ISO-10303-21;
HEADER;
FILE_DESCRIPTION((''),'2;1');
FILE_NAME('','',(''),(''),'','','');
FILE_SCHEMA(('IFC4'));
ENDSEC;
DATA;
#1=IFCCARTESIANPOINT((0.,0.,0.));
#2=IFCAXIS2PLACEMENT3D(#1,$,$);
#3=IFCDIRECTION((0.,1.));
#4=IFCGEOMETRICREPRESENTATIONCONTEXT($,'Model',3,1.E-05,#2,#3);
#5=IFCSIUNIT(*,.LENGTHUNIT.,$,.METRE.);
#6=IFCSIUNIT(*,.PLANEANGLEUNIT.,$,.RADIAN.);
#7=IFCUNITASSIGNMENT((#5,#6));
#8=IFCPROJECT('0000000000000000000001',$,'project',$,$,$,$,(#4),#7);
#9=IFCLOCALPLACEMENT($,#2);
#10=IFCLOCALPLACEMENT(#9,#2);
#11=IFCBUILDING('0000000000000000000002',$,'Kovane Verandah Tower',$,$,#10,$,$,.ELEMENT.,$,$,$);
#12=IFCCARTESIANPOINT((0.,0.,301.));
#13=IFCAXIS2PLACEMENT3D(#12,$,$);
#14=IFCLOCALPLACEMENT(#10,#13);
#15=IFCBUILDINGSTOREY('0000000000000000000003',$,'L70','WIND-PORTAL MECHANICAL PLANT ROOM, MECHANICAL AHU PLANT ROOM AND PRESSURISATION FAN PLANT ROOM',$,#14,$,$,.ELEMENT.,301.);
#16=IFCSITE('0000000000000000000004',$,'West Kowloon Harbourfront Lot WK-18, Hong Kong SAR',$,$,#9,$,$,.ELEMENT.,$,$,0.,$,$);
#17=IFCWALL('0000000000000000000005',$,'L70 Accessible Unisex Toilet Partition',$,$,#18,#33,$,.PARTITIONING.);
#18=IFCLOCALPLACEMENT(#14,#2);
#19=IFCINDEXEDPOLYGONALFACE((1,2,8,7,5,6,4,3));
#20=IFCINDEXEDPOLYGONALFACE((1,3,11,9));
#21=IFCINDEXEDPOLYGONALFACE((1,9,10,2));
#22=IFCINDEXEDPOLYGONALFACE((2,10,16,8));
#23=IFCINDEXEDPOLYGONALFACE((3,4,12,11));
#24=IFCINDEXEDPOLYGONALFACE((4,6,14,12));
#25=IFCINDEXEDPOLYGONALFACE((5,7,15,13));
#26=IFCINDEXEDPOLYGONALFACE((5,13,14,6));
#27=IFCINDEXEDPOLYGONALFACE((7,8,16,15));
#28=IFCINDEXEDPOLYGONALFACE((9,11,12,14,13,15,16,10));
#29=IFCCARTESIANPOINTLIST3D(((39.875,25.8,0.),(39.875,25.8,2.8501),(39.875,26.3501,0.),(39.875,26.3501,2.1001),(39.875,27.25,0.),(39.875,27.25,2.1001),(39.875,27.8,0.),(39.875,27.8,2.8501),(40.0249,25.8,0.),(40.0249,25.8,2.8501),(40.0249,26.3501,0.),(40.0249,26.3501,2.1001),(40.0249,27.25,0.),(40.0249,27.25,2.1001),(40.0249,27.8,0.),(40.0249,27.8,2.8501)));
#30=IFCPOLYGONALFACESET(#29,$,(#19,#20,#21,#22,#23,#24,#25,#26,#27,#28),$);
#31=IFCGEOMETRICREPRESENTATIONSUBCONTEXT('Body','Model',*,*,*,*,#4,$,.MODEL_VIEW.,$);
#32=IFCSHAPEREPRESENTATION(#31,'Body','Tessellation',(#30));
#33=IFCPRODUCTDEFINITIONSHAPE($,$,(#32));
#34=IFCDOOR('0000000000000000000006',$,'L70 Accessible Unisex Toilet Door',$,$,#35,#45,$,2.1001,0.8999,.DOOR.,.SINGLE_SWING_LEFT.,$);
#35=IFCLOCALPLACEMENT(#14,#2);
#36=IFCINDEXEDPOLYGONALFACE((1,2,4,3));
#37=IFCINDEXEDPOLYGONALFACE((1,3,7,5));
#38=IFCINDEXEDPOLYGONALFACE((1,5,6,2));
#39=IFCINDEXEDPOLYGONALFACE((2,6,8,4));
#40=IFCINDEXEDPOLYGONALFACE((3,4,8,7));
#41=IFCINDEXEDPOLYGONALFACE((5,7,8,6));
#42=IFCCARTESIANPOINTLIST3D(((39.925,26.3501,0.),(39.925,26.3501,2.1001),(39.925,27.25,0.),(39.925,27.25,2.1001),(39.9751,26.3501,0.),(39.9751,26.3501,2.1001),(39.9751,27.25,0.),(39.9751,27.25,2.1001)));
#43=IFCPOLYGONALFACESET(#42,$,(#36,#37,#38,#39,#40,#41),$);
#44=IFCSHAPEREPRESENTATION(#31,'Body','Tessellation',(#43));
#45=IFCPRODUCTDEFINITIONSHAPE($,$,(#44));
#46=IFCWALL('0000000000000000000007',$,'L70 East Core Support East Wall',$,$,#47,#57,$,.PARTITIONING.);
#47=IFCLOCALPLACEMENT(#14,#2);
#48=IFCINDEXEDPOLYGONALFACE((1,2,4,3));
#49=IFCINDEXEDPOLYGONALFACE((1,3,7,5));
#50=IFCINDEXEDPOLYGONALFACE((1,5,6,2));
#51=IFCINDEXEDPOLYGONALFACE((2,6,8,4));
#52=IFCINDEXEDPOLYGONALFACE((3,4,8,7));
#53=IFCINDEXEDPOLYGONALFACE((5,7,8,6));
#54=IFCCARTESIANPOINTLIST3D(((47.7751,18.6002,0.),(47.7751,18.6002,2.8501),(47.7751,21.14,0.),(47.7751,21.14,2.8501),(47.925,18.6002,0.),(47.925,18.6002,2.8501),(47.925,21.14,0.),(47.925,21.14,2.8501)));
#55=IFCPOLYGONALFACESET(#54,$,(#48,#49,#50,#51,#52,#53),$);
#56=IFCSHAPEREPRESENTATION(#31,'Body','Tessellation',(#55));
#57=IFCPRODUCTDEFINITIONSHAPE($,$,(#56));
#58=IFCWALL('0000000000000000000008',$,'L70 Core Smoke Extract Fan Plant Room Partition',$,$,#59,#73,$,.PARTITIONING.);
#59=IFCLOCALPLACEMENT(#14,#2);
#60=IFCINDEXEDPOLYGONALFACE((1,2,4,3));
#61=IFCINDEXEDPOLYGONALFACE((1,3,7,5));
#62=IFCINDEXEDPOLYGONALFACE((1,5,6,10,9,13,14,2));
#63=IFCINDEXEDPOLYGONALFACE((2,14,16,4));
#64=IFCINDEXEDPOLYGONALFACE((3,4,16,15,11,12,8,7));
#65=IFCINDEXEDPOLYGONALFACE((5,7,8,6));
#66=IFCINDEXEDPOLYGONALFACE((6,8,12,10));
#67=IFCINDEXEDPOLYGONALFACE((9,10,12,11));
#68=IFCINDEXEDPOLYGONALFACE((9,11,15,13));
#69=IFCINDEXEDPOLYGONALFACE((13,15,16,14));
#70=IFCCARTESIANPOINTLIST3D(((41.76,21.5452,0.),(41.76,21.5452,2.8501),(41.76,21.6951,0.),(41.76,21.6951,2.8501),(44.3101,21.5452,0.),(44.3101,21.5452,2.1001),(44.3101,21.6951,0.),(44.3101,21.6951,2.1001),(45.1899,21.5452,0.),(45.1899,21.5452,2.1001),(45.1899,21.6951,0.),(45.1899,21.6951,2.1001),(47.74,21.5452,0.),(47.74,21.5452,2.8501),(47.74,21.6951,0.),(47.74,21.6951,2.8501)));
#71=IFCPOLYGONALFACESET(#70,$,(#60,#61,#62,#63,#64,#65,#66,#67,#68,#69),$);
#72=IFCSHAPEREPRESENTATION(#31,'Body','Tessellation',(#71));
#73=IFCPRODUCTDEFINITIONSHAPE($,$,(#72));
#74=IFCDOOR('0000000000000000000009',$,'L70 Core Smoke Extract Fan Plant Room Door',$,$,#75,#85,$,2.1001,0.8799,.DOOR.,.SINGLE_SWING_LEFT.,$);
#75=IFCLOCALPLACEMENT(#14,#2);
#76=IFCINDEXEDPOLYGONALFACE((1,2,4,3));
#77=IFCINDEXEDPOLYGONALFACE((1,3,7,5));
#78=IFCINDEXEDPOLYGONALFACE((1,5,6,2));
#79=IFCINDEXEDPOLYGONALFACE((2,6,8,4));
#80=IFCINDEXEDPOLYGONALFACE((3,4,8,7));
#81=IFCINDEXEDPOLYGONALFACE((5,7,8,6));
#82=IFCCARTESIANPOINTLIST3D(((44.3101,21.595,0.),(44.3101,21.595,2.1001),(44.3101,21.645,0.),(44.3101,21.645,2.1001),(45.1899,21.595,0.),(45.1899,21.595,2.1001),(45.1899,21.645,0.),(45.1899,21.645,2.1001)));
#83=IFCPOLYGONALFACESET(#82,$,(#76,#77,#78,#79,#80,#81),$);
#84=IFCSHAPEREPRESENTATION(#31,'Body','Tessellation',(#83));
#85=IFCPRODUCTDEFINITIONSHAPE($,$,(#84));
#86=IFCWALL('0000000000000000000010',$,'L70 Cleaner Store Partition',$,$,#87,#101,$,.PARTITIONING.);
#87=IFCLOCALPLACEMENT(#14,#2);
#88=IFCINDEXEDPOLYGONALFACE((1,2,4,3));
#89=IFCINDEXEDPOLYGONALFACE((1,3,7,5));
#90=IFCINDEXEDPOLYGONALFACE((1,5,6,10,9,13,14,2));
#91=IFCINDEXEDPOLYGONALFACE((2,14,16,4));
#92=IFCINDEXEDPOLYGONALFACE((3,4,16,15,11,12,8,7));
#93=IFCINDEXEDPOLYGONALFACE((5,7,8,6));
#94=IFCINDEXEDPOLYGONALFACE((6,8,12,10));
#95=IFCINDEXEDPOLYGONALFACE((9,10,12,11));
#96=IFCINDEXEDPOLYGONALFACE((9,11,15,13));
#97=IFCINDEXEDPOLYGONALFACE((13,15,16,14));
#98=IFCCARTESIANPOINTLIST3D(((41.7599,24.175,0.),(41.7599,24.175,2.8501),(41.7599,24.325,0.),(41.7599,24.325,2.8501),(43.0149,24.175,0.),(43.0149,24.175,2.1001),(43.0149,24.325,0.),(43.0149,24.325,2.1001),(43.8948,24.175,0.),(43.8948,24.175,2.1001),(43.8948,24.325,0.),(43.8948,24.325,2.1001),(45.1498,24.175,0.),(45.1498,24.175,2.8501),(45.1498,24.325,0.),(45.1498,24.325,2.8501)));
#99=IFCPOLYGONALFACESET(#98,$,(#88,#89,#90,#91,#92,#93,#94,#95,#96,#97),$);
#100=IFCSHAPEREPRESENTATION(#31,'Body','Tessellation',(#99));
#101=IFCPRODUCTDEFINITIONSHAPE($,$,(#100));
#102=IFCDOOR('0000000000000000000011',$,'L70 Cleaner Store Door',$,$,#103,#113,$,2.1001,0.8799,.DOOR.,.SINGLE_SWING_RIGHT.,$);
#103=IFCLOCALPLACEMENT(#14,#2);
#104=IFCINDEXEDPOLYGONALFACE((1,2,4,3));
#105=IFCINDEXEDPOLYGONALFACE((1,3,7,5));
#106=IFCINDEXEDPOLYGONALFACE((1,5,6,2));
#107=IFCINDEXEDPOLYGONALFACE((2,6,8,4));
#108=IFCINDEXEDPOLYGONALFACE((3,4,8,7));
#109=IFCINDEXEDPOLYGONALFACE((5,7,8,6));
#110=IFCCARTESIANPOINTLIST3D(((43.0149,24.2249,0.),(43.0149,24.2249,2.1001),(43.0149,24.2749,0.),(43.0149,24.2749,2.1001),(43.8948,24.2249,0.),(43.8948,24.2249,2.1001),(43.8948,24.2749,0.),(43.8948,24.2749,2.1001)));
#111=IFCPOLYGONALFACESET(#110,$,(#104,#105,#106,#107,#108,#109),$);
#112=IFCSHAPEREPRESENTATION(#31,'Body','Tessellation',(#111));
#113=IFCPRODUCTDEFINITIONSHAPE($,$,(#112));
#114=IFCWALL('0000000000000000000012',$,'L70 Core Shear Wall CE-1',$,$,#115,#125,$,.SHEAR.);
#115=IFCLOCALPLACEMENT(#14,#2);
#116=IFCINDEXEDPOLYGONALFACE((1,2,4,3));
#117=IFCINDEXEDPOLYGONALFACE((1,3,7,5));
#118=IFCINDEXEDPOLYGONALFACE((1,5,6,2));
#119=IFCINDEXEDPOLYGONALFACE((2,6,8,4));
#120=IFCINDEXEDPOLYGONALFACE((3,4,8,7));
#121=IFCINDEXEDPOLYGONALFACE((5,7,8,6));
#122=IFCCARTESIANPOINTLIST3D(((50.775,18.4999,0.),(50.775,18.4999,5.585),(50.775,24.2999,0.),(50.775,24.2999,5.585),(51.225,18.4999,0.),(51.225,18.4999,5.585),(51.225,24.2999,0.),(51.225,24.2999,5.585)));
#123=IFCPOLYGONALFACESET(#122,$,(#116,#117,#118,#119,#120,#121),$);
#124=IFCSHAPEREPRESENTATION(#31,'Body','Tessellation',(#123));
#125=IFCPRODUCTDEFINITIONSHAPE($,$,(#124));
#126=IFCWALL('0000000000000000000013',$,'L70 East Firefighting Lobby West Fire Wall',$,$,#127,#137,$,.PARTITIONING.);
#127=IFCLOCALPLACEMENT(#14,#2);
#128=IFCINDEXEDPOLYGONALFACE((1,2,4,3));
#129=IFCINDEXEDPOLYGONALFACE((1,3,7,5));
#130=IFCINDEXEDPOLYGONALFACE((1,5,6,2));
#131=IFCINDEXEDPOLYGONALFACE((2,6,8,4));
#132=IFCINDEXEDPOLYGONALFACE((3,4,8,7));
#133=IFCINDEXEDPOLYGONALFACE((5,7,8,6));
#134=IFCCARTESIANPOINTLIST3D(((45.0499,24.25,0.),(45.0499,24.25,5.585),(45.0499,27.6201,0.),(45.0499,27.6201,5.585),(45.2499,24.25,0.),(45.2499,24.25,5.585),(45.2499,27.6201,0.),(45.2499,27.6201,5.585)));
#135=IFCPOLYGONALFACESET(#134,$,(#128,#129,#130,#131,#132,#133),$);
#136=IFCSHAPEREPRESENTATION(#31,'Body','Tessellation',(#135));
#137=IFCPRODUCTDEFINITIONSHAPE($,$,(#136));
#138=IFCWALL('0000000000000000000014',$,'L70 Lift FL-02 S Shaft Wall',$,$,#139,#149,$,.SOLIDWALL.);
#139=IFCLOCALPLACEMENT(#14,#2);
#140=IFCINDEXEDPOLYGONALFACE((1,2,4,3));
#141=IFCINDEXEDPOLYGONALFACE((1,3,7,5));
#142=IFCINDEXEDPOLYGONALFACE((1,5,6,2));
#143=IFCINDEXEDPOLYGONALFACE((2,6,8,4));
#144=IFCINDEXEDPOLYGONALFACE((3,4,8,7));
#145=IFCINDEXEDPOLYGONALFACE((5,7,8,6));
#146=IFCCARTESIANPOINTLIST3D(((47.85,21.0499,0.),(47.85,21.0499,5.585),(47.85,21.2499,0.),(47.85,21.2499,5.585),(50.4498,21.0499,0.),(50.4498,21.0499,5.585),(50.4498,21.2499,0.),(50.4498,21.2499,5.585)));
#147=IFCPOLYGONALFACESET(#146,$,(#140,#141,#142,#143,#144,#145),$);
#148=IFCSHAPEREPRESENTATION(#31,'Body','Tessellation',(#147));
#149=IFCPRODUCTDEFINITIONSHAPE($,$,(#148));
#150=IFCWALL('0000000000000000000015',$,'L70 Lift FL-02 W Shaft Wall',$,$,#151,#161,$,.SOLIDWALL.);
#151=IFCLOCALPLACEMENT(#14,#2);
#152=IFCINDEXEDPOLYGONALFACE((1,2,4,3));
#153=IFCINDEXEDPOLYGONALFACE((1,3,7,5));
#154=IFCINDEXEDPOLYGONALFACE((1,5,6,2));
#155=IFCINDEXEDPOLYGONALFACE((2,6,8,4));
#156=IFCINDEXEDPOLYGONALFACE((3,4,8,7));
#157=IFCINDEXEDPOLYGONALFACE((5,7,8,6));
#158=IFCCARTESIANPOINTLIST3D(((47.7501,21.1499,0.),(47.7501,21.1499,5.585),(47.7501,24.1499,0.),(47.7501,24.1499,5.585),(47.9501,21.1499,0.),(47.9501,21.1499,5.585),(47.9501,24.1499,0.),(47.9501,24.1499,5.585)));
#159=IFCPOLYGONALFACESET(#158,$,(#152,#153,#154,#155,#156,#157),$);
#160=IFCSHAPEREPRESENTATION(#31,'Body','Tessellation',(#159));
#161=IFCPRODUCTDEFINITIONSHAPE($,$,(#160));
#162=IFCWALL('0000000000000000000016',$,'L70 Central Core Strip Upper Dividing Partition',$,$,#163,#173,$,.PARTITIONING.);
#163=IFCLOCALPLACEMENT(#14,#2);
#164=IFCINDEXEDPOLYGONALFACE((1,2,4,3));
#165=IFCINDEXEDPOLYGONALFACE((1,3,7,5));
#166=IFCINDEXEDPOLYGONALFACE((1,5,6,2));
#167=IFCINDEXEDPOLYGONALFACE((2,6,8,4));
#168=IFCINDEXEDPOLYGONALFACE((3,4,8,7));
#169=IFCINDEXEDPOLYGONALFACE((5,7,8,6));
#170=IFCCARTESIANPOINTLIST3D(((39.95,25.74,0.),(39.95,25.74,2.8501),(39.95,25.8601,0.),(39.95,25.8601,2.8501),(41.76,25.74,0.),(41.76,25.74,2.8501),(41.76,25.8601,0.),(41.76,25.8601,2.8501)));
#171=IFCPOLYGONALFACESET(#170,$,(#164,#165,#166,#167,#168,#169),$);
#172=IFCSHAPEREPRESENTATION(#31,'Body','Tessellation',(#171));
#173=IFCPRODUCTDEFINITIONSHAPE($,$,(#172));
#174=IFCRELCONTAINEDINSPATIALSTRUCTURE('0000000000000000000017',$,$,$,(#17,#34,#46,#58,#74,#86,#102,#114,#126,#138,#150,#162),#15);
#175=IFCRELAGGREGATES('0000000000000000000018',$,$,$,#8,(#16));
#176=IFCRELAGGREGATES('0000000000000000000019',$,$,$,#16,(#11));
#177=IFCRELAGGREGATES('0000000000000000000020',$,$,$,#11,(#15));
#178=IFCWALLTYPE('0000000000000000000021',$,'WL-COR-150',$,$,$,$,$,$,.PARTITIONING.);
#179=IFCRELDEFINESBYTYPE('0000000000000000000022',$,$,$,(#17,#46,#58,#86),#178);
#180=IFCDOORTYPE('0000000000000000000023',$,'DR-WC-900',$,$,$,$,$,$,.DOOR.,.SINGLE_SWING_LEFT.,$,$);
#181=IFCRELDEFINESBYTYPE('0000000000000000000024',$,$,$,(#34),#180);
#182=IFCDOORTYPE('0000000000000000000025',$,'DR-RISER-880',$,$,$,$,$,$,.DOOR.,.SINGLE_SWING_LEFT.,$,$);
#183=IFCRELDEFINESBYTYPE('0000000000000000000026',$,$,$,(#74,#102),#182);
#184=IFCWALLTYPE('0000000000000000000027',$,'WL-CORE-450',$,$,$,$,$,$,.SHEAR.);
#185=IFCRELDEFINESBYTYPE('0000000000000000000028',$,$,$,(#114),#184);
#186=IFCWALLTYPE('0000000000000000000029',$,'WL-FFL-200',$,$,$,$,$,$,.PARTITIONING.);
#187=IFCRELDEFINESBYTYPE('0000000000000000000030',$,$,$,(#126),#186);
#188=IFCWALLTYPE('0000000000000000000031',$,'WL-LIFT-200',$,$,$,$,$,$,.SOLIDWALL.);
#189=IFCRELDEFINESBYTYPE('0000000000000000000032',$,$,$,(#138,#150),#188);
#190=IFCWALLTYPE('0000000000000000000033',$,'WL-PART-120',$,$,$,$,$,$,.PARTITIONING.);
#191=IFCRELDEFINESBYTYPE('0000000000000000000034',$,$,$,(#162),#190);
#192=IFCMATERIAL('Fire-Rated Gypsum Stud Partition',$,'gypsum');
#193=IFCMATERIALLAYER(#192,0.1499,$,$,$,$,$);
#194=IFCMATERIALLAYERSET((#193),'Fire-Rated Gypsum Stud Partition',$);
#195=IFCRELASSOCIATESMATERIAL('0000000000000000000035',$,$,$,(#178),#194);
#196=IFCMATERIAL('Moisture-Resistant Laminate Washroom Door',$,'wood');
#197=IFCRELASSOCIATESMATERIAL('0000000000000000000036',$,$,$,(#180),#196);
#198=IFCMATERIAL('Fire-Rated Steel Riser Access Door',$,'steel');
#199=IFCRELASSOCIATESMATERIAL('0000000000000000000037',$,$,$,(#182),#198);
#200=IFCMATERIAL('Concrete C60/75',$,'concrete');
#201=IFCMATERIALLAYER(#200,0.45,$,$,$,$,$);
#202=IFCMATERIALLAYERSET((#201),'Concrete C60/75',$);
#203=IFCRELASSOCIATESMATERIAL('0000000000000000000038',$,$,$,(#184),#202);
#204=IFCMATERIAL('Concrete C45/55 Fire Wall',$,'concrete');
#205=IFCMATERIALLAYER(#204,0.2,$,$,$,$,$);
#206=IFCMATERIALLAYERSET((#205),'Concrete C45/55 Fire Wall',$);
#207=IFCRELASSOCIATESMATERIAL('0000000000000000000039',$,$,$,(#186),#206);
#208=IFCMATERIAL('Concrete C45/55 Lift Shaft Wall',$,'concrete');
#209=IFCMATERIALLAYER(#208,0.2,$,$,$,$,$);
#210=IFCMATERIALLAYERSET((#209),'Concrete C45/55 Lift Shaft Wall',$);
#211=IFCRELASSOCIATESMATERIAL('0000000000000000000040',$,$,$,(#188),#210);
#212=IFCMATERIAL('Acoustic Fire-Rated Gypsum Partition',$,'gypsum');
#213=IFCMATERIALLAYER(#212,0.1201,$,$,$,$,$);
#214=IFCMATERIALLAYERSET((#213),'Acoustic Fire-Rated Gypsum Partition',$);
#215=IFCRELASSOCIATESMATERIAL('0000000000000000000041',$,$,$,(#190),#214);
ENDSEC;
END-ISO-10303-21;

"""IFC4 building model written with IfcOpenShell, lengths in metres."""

from ifc_helpers import new_model, si_unit, direction, frame, frame_2d, origin, place, context, subcontext, project, spatial, rectangle, extrude, material, layer, layer_set, type_object, element, fill, save


model = new_model("IFC4")

# Units and contexts
model_context = context("Model", 3, precision=1e-05, world=origin(), true_north=direction((0.0, 1.0)))
body_context = subcontext(model_context, "Body", "Model", "MODEL_VIEW")
ifc_project = project(units=[si_unit("LENGTHUNIT", "METRE"), si_unit("PLANEANGLEUNIT", "RADIAN")], contexts=[model_context])

# Site, building, storey
site_placement = place(None, origin())
site = spatial("IfcSite", under=ifc_project, at=site_placement, Name="West Kowloon Harbourfront Lot WK-18, Hong Kong SAR", CompositionType="ELEMENT", RefElevation=0.0)
building_placement = place(site_placement, origin())
building = spatial("IfcBuilding", under=site, at=building_placement, Name="Kovane Verandah Tower", CompositionType="ELEMENT")
storey_placement = place(building_placement, frame((0.0, 0.0, 301.0)))
storey = spatial("IfcBuildingStorey", under=building, at=storey_placement, Name="L70", Description="WIND-PORTAL MECHANICAL PLANT ROOM, MECHANICAL AHU PLANT ROOM AND PRESSURISATION FAN PLANT ROOM", CompositionType="ELEMENT", Elevation=301.0)

# Shared definitions
ifc_material_1 = material(Name="Concrete C60/75", Category="concrete")

# Shared definitions
ifc_material_2 = material(Name="Fire-Rated Gypsum Stud Partition", Category="gypsum")
ifc_layer_1 = layer(ifc_material_2, 0.1499)
ifc_layer_set_1 = layer_set([ifc_layer_1], Name="Fire-Rated Gypsum Stud Partition")
wall_type_1 = type_object("IfcWallType", Name="WL-COR-150", PredefinedType="PARTITIONING", material=ifc_layer_set_1)

# Wall, opening, door
ifc_material_3 = material(Name="Moisture-Resistant Laminate Washroom Door", Category="wood")
door_type_1 = type_object("IfcDoorType", Name="DR-WC-900", OperationType="SINGLE_SWING_LEFT", PredefinedType="DOOR", material=ifc_material_3)
wall_1_placement = place(storey_placement, frame((39.95, 25.8, 0.0), z_axis=(0.0, 0.0, 1.0), x_axis=(0.0, 1.0, 0.0)))
wall_1 = element("IfcWall", 1, at=wall_1_placement, inside=storey, type_object=wall_type_1, Name="L70 Accessible Unisex Toilet Partition", PredefinedType="PARTITIONING", context=body_context, shape_type="SweptSolid", body=[
    extrude(rectangle(XDim=2.0, YDim=0.1499, at=frame_2d((1.0, 0.0))), origin(), (0.0, 0.0, 1.0), 2.8501),
])
opening_1_placement = place(wall_1_placement, frame((0.55, 0.0, 0.0)))
opening_1 = element("IfcOpeningElement", 2, at=opening_1_placement, cuts=wall_1, PredefinedType="OPENING", context=body_context, shape_type="SweptSolid", body=[
    extrude(rectangle(XDim=0.8999, YDim=2.1001, at=frame_2d((0.45, 1.05))), frame((0.0, 0.075, 0.0), z_axis=(0.0, -1.0, 0.0), x_axis=(1.0, 0.0, 0.0)), (0.0, 0.0, 1.0), 0.1499),
])
door_1_placement = place(opening_1_placement, origin())
door_1 = element("IfcDoor", 3, at=door_1_placement, inside=storey, type_object=door_type_1, Name="L70 Accessible Unisex Toilet Door", OperationType="SINGLE_SWING_LEFT", OverallHeight=2.1001, OverallWidth=0.8999, PredefinedType="DOOR", context=body_context, shape_type="SweptSolid", body=[
    extrude(rectangle(XDim=0.8999, YDim=2.1001, at=frame_2d((0.45, 1.05))), frame((0.0, 0.0249, 0.0), z_axis=(0.0, -1.0, 0.0), x_axis=(1.0, 0.0, 0.0)), (0.0, 0.0, 1.0), 0.05),
])
fill(opening_1, door_1)

# Wall
wall_2_placement = place(storey_placement, frame((47.8501, 18.6001, 0.0), z_axis=(0.0, 0.0, 1.0), x_axis=(0.0, 1.0, 0.0)))
element("IfcWall", 4, at=wall_2_placement, inside=storey, type_object=wall_type_1, Name="L70 East Core Support East Wall", PredefinedType="PARTITIONING", context=body_context, shape_type="SweptSolid", body=[
    extrude(rectangle(XDim=2.5398, YDim=0.1499, at=frame_2d((1.27, 0.0))), origin(), (0.0, 0.0, 1.0), 2.8501),
])

# Walls, openings, doors
wall_3_placement = place(storey_placement, frame((41.76, 21.6201, 0.0), z_axis=(0.0, 0.0, 1.0), x_axis=(1.0, 0.0, 0.0)))
wall_3 = element("IfcWall", 5, at=wall_3_placement, inside=storey, type_object=wall_type_1, Name="L70 Core Smoke Extract Fan Plant Room Partition", PredefinedType="PARTITIONING", context=body_context, shape_type="SweptSolid", body=[
    extrude(rectangle(XDim=5.98, YDim=0.1499, at=frame_2d((2.99, 0.0))), origin(), (0.0, 0.0, 1.0), 2.8501),
])
opening_2_placement = place(wall_3_placement, frame((2.55, 0.0, 0.0)))
opening_2 = element("IfcOpeningElement", 6, at=opening_2_placement, cuts=wall_3, PredefinedType="OPENING", context=body_context, shape_type="SweptSolid", body=[
    extrude(rectangle(XDim=0.8799, YDim=2.1001, at=frame_2d((0.4399, 1.05))), frame((0.0, 0.075, 0.0), z_axis=(0.0, -1.0, 0.0), x_axis=(1.0, 0.0, 0.0)), (0.0, 0.0, 1.0), 0.1499),
])
ifc_material_4 = material(Name="Fire-Rated Steel Riser Access Door", Category="steel")
door_type_2 = type_object("IfcDoorType", Name="DR-RISER-880", OperationType="SINGLE_SWING_LEFT", PredefinedType="DOOR", material=ifc_material_4)
door_2_placement = place(opening_2_placement, origin())
door_2 = element("IfcDoor", 7, at=door_2_placement, inside=storey, type_object=door_type_2, Name="L70 Core Smoke Extract Fan Plant Room Door", OperationType="SINGLE_SWING_LEFT", OverallHeight=2.1001, OverallWidth=0.8799, PredefinedType="DOOR", context=body_context, shape_type="SweptSolid", body=[
    extrude(rectangle(XDim=0.8799, YDim=2.1001, at=frame_2d((0.4399, 1.05))), frame((0.0, 0.0249, 0.0), z_axis=(0.0, -1.0, 0.0), x_axis=(1.0, 0.0, 0.0)), (0.0, 0.0, 1.0), 0.05),
])
fill(opening_2, door_2)
wall_4_placement = place(storey_placement, frame((41.76, 24.25, 0.0), z_axis=(0.0, 0.0, 1.0), x_axis=(1.0, 0.0, 0.0)))
wall_4 = element("IfcWall", 8, at=wall_4_placement, inside=storey, type_object=wall_type_1, Name="L70 Cleaner Store Partition", PredefinedType="PARTITIONING", context=body_context, shape_type="SweptSolid", body=[
    extrude(rectangle(XDim=3.3899, YDim=0.1499, at=frame_2d((1.6948, 0.0))), origin(), (0.0, 0.0, 1.0), 2.8501),
])
opening_3_placement = place(wall_4_placement, frame((1.2549, 0.0, 0.0)))
opening_3 = element("IfcOpeningElement", 9, at=opening_3_placement, cuts=wall_4, PredefinedType="OPENING", context=body_context, shape_type="SweptSolid", body=[
    extrude(rectangle(XDim=0.8799, YDim=2.1001, at=frame_2d((0.4399, 1.05))), frame((0.0, 0.075, 0.0), z_axis=(0.0, -1.0, 0.0), x_axis=(1.0, 0.0, 0.0)), (0.0, 0.0, 1.0), 0.1499),
])
door_3_placement = place(opening_3_placement, origin())
door_3 = element("IfcDoor", 10, at=door_3_placement, inside=storey, type_object=door_type_2, Name="L70 Cleaner Store Door", OperationType="SINGLE_SWING_RIGHT", OverallHeight=2.1001, OverallWidth=0.8799, PredefinedType="DOOR", context=body_context, shape_type="SweptSolid", body=[
    extrude(rectangle(XDim=0.8799, YDim=2.1001, at=frame_2d((0.4399, 1.05))), frame((0.0, 0.0249, 0.0), z_axis=(0.0, -1.0, 0.0), x_axis=(1.0, 0.0, 0.0)), (0.0, 0.0, 1.0), 0.05),
])
fill(opening_3, door_3)

# Walls
ifc_layer_2 = layer(ifc_material_1, 0.45)
ifc_layer_set_2 = layer_set([ifc_layer_2], Name="Concrete C60/75")
wall_type_2 = type_object("IfcWallType", Name="WL-CORE-450", PredefinedType="SHEAR", material=ifc_layer_set_2)
wall_5_placement = place(storey_placement, frame((51.0, 18.5, 0.0), z_axis=(0.0, 0.0, 1.0), x_axis=(0.0, 1.0, 0.0)))
element("IfcWall", 11, at=wall_5_placement, inside=storey, type_object=wall_type_2, Name="L70 Core Shear Wall CE-1", PredefinedType="SHEAR", context=body_context, shape_type="SweptSolid", body=[
    extrude(rectangle(XDim=5.8, YDim=0.45, at=frame_2d((2.8999, 0.0))), origin(), (0.0, 0.0, 1.0), 5.585),
])
ifc_material_5 = material(Name="Concrete C45/55 Fire Wall", Category="concrete")
ifc_layer_3 = layer(ifc_material_5, 0.2)
ifc_layer_set_3 = layer_set([ifc_layer_3], Name="Concrete C45/55 Fire Wall")
wall_type_3 = type_object("IfcWallType", Name="WL-FFL-200", PredefinedType="PARTITIONING", material=ifc_layer_set_3)
wall_6_placement = place(storey_placement, frame((45.1499, 24.25, 0.0), z_axis=(0.0, 0.0, 1.0), x_axis=(0.0, 1.0, 0.0)))
element("IfcWall", 12, at=wall_6_placement, inside=storey, type_object=wall_type_3, Name="L70 East Firefighting Lobby West Fire Wall", PredefinedType="PARTITIONING", context=body_context, shape_type="SweptSolid", body=[
    extrude(rectangle(XDim=3.3701, YDim=0.2, at=frame_2d((1.6851, 0.0))), origin(), (0.0, 0.0, 1.0), 5.585),
])

# Wall
ifc_material_6 = material(Name="Concrete C45/55 Lift Shaft Wall", Category="concrete")
ifc_layer_4 = layer(ifc_material_6, 0.2)
ifc_layer_set_4 = layer_set([ifc_layer_4], Name="Concrete C45/55 Lift Shaft Wall")
wall_type_4 = type_object("IfcWallType", Name="WL-LIFT-200", PredefinedType="SOLIDWALL", material=ifc_layer_set_4)
wall_7_placement = place(storey_placement, frame((47.8501, 21.1499, 0.0), z_axis=(0.0, 0.0, 1.0), x_axis=(1.0, 0.0, 0.0)))
element("IfcWall", 13, at=wall_7_placement, inside=storey, type_object=wall_type_4, Name="L70 Lift FL-02 S Shaft Wall", PredefinedType="SOLIDWALL", context=body_context, shape_type="SweptSolid", body=[
    extrude(rectangle(XDim=2.5999, YDim=0.2, at=frame_2d((1.2998, 0.0))), origin(), (0.0, 0.0, 1.0), 5.585),
])

# Walls
wall_8_placement = place(storey_placement, frame((47.8501, 24.1499, 0.0), z_axis=(0.0, 0.0, 1.0), x_axis=(0.0, -1.0, 0.0)))
element("IfcWall", 14, at=wall_8_placement, inside=storey, type_object=wall_type_4, Name="L70 Lift FL-02 W Shaft Wall", PredefinedType="SOLIDWALL", context=body_context, shape_type="SweptSolid", body=[
    extrude(rectangle(XDim=3.0, YDim=0.2, at=frame_2d((1.5, 0.0))), origin(), (0.0, 0.0, 1.0), 5.585),
])
ifc_material_7 = material(Name="Acoustic Fire-Rated Gypsum Partition", Category="gypsum")
ifc_layer_5 = layer(ifc_material_7, 0.1201)
ifc_layer_set_5 = layer_set([ifc_layer_5], Name="Acoustic Fire-Rated Gypsum Partition")
wall_type_5 = type_object("IfcWallType", Name="WL-PART-120", PredefinedType="PARTITIONING", material=ifc_layer_set_5)
wall_9_placement = place(storey_placement, frame((39.95, 25.8, 0.0), z_axis=(0.0, 0.0, 1.0), x_axis=(1.0, 0.0, 0.0)))
element("IfcWall", 15, at=wall_9_placement, inside=storey, type_object=wall_type_5, Name="L70 Central Core Strip Upper Dividing Partition", PredefinedType="PARTITIONING", context=body_context, shape_type="SweptSolid", body=[
    extrude(rectangle(XDim=1.8101, YDim=0.1201, at=frame_2d((0.905, 0.0))), origin(), (0.0, 0.0, 1.0), 2.8501),
])

save(model, "model.ifc")
